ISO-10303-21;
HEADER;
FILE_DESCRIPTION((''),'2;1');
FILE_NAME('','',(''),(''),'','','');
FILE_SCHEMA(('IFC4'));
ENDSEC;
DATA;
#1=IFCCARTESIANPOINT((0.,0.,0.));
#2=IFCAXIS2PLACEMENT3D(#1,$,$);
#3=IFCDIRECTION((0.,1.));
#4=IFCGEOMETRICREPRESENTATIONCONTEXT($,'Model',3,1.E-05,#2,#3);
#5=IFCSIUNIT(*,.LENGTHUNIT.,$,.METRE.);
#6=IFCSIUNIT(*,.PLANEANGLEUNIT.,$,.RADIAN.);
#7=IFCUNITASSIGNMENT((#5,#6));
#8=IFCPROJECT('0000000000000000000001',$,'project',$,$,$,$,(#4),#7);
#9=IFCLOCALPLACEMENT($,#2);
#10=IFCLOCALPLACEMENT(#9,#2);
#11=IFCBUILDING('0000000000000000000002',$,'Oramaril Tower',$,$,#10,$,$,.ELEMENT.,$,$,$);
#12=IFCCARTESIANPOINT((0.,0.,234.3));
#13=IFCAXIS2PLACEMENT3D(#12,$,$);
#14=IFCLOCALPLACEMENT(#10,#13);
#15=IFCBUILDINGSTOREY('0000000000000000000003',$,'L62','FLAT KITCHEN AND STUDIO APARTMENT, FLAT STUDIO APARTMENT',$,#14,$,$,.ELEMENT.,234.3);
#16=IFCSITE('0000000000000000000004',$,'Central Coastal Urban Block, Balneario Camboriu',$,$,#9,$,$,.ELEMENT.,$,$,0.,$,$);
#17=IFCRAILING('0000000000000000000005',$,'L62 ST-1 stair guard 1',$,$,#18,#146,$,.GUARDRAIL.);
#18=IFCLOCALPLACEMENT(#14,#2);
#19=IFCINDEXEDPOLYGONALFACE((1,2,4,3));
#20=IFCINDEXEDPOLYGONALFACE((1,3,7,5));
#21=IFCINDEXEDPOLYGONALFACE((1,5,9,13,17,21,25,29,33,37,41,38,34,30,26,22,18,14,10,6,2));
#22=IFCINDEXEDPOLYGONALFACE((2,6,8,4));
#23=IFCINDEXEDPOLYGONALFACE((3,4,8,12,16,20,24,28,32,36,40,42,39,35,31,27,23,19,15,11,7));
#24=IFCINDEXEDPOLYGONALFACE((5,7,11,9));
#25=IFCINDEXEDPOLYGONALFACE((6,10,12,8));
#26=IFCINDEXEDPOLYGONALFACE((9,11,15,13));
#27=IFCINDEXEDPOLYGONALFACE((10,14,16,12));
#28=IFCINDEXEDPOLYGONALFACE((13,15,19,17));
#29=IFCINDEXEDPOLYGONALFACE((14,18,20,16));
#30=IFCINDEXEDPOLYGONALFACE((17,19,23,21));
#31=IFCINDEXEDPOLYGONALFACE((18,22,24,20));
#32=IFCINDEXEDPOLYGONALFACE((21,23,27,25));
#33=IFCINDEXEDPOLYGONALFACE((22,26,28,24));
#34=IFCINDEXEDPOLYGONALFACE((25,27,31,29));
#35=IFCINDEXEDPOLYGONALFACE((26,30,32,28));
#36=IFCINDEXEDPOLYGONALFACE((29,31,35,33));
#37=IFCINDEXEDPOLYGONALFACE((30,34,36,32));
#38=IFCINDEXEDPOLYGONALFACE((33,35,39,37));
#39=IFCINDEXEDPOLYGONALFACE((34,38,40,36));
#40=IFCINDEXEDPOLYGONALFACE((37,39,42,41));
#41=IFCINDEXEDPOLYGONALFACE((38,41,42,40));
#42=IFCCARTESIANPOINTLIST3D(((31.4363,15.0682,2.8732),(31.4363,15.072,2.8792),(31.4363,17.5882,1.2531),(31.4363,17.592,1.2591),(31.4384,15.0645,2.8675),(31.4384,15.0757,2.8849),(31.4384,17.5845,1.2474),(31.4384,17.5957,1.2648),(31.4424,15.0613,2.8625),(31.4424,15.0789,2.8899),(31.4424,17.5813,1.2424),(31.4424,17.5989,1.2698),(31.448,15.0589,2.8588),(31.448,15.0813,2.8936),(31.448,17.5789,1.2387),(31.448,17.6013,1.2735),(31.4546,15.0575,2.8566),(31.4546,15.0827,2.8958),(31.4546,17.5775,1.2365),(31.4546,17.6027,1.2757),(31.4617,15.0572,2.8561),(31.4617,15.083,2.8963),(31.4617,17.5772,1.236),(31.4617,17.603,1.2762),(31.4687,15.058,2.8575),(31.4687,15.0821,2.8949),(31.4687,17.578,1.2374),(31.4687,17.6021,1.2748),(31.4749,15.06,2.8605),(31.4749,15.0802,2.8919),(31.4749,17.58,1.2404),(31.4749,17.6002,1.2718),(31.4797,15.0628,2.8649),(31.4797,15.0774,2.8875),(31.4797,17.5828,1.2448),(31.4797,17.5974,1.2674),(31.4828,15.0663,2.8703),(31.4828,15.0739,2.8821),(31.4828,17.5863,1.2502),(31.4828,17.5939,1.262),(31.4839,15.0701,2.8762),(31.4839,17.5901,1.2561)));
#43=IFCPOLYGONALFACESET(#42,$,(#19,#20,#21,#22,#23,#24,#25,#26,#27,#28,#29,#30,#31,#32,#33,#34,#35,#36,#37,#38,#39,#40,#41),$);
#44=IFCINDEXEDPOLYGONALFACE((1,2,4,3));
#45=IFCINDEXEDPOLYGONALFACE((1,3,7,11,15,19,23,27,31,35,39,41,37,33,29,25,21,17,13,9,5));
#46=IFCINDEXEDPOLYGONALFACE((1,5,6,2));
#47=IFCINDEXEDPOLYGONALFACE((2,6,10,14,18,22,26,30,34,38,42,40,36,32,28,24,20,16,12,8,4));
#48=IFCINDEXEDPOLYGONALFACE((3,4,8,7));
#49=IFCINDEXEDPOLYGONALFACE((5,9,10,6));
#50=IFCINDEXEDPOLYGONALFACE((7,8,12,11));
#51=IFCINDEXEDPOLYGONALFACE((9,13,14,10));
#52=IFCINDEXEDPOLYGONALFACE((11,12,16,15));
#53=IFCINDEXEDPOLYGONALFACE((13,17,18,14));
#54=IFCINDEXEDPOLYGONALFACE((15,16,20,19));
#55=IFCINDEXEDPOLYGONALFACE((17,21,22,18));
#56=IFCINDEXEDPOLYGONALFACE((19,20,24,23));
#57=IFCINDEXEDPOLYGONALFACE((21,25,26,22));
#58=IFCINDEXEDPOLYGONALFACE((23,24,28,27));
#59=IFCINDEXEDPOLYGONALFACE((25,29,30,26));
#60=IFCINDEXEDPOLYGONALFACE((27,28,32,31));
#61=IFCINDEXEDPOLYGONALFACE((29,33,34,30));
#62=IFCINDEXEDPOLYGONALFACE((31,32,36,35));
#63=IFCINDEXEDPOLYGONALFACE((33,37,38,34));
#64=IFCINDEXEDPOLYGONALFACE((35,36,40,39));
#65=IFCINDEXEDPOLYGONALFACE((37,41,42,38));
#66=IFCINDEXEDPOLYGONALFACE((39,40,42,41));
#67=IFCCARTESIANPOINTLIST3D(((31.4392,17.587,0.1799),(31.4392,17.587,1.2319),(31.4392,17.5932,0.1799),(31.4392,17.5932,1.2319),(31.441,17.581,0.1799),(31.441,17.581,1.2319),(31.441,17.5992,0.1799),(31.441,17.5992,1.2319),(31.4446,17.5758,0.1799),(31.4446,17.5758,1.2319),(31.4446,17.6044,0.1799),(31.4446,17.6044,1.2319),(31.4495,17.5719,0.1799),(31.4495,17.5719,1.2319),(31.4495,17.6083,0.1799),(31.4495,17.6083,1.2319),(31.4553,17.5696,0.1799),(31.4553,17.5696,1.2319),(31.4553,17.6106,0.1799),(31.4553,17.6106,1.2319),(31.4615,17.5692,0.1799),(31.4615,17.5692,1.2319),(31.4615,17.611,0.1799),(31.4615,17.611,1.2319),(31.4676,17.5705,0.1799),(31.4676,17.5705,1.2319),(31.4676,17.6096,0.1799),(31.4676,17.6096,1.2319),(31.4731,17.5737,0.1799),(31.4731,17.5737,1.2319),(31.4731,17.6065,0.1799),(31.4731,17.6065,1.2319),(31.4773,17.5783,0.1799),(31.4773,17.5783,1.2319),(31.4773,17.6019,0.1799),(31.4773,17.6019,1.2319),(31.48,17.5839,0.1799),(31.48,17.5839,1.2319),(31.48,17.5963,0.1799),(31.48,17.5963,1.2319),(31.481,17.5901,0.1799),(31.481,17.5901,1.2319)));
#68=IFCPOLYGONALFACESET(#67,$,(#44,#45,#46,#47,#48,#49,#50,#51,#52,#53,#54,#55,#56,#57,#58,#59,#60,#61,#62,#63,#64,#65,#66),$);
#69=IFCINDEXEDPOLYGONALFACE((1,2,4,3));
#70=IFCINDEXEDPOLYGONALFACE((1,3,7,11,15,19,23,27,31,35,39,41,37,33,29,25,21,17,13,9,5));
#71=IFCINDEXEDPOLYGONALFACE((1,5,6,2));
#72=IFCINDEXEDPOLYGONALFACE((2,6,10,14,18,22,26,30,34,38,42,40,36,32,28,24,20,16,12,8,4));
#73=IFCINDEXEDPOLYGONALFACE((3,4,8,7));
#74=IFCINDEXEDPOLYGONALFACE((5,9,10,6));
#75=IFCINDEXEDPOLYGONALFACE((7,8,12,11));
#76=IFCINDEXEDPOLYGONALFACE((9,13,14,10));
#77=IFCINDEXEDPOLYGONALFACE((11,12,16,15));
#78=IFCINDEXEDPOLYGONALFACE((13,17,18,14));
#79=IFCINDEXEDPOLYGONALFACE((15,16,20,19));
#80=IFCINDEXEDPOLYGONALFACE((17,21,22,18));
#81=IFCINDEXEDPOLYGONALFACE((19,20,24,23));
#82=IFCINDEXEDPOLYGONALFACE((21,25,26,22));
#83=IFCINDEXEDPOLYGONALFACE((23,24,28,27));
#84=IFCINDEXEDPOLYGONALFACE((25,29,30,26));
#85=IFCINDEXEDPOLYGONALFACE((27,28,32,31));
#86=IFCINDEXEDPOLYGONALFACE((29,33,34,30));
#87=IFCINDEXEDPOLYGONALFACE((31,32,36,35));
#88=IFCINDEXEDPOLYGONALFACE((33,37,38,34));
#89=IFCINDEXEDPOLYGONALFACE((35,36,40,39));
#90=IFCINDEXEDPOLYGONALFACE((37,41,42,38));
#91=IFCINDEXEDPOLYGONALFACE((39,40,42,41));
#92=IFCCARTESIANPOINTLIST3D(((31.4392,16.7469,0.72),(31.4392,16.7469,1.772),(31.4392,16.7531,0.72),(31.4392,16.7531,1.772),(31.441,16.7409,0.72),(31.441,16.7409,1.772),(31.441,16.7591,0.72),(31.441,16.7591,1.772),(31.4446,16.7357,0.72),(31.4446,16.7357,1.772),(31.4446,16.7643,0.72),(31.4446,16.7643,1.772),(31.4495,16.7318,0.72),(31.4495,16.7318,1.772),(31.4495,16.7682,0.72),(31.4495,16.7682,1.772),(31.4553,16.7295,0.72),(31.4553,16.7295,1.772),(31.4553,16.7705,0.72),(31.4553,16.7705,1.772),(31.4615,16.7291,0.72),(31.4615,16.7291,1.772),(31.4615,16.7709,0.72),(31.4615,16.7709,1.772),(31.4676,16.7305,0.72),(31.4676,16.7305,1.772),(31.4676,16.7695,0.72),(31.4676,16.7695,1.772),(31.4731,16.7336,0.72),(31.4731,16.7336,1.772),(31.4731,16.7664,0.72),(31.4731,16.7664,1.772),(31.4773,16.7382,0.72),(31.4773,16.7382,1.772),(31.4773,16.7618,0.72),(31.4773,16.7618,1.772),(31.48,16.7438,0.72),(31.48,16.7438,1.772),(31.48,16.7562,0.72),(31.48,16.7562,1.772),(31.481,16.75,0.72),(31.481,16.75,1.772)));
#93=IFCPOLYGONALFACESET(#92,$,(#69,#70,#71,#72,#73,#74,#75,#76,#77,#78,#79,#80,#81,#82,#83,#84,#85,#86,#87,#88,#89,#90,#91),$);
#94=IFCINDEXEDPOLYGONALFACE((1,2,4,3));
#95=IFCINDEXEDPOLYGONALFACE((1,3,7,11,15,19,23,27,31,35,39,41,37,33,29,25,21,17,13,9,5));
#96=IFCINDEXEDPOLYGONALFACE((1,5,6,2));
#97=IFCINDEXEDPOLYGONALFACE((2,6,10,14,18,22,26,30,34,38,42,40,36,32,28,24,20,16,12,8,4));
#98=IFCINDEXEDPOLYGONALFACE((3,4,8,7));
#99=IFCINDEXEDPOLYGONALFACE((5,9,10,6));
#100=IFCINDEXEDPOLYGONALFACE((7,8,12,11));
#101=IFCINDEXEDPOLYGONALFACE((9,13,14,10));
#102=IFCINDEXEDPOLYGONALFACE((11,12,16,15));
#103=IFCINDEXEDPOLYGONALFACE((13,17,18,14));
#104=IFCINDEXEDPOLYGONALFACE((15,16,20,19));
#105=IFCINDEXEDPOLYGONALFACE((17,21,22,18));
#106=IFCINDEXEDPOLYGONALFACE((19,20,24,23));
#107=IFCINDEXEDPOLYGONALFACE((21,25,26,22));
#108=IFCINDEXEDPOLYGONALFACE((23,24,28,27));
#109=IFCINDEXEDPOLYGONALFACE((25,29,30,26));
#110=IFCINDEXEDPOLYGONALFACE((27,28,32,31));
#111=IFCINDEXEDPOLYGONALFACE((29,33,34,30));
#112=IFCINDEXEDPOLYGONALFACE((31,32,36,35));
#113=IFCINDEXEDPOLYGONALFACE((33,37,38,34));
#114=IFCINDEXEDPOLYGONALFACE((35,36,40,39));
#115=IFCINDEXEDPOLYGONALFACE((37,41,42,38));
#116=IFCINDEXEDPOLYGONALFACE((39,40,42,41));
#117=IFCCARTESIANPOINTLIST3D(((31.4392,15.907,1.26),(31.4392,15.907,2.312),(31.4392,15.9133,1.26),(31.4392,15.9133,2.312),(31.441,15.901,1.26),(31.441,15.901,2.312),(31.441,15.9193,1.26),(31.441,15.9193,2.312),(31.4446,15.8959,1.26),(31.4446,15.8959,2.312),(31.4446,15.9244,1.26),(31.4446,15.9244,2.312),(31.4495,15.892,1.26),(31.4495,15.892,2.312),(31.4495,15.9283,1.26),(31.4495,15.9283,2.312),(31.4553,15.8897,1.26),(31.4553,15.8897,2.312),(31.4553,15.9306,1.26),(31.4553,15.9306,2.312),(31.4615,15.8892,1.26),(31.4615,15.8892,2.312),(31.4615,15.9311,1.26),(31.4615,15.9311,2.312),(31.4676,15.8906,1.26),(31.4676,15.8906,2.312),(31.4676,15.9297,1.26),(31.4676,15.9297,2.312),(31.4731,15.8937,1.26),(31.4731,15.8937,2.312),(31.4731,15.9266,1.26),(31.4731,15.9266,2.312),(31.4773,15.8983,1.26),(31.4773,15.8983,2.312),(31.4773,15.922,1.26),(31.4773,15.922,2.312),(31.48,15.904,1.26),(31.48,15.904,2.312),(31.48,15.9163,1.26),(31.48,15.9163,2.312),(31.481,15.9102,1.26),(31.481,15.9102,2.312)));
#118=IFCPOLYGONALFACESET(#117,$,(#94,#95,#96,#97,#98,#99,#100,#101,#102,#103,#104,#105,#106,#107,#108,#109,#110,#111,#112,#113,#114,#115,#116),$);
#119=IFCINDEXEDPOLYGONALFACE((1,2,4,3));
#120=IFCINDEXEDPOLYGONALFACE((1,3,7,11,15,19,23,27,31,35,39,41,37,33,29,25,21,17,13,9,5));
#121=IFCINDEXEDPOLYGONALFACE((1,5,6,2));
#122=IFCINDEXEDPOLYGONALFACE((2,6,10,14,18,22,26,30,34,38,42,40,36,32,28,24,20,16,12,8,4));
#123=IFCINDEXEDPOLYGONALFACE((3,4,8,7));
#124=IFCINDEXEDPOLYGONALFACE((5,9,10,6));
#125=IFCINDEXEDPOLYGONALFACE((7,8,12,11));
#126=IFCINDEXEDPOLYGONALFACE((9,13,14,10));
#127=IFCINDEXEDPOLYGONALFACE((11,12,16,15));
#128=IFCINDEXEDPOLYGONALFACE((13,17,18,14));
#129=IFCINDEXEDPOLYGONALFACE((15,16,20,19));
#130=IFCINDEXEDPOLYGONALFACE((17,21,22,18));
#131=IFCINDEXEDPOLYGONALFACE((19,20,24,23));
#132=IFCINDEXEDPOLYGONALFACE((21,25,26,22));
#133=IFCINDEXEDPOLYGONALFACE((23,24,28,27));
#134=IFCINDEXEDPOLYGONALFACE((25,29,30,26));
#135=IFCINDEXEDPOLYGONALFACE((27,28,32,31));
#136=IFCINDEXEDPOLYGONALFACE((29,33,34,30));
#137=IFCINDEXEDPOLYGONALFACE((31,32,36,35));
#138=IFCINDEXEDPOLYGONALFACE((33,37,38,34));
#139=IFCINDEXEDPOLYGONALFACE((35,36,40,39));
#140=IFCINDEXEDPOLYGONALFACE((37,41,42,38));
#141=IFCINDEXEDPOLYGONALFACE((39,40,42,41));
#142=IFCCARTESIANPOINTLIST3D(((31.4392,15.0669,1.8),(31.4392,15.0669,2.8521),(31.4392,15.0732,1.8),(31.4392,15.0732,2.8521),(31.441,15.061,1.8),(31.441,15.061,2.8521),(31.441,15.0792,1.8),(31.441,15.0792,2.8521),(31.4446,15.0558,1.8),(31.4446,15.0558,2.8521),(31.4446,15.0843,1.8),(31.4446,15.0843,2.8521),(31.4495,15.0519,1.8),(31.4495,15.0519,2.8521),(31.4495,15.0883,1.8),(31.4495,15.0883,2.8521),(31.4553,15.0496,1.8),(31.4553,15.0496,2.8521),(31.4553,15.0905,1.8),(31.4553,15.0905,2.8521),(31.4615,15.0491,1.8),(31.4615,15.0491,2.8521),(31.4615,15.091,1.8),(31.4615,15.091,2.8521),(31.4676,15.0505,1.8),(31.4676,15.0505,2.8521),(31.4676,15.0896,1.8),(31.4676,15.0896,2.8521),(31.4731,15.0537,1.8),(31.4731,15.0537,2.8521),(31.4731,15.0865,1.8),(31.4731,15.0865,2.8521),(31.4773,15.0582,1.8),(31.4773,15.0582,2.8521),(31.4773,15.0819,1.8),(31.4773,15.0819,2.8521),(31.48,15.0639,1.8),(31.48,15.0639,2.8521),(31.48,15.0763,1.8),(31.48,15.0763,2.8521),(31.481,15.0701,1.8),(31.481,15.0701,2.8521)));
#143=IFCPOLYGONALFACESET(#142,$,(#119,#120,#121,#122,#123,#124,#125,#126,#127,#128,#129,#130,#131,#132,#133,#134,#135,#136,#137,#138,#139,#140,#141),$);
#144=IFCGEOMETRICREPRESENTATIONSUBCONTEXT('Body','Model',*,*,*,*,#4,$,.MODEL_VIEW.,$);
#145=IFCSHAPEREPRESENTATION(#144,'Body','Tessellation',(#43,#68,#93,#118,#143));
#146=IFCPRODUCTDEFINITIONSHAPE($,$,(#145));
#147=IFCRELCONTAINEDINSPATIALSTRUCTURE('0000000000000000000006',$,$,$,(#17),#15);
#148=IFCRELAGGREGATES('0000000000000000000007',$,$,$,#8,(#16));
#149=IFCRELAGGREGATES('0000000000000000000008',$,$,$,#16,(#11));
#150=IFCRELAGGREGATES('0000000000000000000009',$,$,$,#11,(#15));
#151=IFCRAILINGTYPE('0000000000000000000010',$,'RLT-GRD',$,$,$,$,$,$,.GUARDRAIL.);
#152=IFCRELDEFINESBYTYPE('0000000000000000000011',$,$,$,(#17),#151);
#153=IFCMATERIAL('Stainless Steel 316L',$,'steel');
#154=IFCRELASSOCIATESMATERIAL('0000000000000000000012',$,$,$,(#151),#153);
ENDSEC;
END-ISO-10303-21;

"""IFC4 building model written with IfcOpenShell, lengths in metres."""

from ifc_helpers import new_model, si_unit, direction, frame, origin, origin_2d, place, context, subcontext, project, spatial, circle, extrude, material, type_object, element, save


model = new_model("IFC4")

# Units and contexts
model_context = context("Model", 3, precision=1e-05, world=origin(), true_north=direction((0.0, 1.0)))
body_context = subcontext(model_context, "Body", "Model", "MODEL_VIEW")
ifc_project = project(units=[si_unit("LENGTHUNIT", "METRE"), si_unit("PLANEANGLEUNIT", "RADIAN")], contexts=[model_context])

# Site, building, storey
site_placement = place(None, origin())
site = spatial("IfcSite", under=ifc_project, at=site_placement, Name="Central Coastal Urban Block, Balneario Camboriu", CompositionType="ELEMENT", RefElevation=0.0)
building_placement = place(site_placement, origin())
building = spatial("IfcBuilding", under=site, at=building_placement, Name="Oramaril Tower", CompositionType="ELEMENT")
storey_placement = place(building_placement, frame((0.0, 0.0, 234.3)))
storey = spatial("IfcBuildingStorey", under=building, at=storey_placement, Name="L62", Description="FLAT KITCHEN AND STUDIO APARTMENT, FLAT STUDIO APARTMENT", CompositionType="ELEMENT", Elevation=234.3)

# Railing
ifc_material_1 = material(Name="Stainless Steel 316L", Category="steel")
railing_type_1 = type_object("IfcRailingType", Name="RLT-GRD", PredefinedType="GUARDRAIL", material=ifc_material_1)
railing_1_placement = place(storey_placement, frame((31.46, 17.5901, 0.1799)))
element("IfcRailing", 1, at=railing_1_placement, inside=storey, type_object=railing_type_1, Name="L62 ST-1 stair guard 1", PredefinedType="GUARDRAIL", context=body_context, shape_type="SweptSolid", body=[
    extrude(circle(Radius=0.0239, at=origin_2d()), frame((0.0, 0.0, 1.0762), z_axis=(0.0, -0.841163, 0.540782), x_axis=(1.0, 0.0, 0.0)), (0.0, 0.0, 1.0), 2.9958),
    extrude(circle(Radius=0.021, at=origin_2d()), origin(), (0.0, 0.0, 1.0), 1.052),
    extrude(circle(Radius=0.021, at=origin_2d()), frame((0.0, -0.8401, 0.54)), (0.0, 0.0, 1.0), 1.052),
    extrude(circle(Radius=0.021, at=origin_2d()), frame((0.0, -1.6799, 1.0801)), (0.0, 0.0, 1.0), 1.052),
    extrude(circle(Radius=0.021, at=origin_2d()), frame((0.0, -2.52, 1.6201)), (0.0, 0.0, 1.0), 1.052),
])

save(model, "model.ifc")
